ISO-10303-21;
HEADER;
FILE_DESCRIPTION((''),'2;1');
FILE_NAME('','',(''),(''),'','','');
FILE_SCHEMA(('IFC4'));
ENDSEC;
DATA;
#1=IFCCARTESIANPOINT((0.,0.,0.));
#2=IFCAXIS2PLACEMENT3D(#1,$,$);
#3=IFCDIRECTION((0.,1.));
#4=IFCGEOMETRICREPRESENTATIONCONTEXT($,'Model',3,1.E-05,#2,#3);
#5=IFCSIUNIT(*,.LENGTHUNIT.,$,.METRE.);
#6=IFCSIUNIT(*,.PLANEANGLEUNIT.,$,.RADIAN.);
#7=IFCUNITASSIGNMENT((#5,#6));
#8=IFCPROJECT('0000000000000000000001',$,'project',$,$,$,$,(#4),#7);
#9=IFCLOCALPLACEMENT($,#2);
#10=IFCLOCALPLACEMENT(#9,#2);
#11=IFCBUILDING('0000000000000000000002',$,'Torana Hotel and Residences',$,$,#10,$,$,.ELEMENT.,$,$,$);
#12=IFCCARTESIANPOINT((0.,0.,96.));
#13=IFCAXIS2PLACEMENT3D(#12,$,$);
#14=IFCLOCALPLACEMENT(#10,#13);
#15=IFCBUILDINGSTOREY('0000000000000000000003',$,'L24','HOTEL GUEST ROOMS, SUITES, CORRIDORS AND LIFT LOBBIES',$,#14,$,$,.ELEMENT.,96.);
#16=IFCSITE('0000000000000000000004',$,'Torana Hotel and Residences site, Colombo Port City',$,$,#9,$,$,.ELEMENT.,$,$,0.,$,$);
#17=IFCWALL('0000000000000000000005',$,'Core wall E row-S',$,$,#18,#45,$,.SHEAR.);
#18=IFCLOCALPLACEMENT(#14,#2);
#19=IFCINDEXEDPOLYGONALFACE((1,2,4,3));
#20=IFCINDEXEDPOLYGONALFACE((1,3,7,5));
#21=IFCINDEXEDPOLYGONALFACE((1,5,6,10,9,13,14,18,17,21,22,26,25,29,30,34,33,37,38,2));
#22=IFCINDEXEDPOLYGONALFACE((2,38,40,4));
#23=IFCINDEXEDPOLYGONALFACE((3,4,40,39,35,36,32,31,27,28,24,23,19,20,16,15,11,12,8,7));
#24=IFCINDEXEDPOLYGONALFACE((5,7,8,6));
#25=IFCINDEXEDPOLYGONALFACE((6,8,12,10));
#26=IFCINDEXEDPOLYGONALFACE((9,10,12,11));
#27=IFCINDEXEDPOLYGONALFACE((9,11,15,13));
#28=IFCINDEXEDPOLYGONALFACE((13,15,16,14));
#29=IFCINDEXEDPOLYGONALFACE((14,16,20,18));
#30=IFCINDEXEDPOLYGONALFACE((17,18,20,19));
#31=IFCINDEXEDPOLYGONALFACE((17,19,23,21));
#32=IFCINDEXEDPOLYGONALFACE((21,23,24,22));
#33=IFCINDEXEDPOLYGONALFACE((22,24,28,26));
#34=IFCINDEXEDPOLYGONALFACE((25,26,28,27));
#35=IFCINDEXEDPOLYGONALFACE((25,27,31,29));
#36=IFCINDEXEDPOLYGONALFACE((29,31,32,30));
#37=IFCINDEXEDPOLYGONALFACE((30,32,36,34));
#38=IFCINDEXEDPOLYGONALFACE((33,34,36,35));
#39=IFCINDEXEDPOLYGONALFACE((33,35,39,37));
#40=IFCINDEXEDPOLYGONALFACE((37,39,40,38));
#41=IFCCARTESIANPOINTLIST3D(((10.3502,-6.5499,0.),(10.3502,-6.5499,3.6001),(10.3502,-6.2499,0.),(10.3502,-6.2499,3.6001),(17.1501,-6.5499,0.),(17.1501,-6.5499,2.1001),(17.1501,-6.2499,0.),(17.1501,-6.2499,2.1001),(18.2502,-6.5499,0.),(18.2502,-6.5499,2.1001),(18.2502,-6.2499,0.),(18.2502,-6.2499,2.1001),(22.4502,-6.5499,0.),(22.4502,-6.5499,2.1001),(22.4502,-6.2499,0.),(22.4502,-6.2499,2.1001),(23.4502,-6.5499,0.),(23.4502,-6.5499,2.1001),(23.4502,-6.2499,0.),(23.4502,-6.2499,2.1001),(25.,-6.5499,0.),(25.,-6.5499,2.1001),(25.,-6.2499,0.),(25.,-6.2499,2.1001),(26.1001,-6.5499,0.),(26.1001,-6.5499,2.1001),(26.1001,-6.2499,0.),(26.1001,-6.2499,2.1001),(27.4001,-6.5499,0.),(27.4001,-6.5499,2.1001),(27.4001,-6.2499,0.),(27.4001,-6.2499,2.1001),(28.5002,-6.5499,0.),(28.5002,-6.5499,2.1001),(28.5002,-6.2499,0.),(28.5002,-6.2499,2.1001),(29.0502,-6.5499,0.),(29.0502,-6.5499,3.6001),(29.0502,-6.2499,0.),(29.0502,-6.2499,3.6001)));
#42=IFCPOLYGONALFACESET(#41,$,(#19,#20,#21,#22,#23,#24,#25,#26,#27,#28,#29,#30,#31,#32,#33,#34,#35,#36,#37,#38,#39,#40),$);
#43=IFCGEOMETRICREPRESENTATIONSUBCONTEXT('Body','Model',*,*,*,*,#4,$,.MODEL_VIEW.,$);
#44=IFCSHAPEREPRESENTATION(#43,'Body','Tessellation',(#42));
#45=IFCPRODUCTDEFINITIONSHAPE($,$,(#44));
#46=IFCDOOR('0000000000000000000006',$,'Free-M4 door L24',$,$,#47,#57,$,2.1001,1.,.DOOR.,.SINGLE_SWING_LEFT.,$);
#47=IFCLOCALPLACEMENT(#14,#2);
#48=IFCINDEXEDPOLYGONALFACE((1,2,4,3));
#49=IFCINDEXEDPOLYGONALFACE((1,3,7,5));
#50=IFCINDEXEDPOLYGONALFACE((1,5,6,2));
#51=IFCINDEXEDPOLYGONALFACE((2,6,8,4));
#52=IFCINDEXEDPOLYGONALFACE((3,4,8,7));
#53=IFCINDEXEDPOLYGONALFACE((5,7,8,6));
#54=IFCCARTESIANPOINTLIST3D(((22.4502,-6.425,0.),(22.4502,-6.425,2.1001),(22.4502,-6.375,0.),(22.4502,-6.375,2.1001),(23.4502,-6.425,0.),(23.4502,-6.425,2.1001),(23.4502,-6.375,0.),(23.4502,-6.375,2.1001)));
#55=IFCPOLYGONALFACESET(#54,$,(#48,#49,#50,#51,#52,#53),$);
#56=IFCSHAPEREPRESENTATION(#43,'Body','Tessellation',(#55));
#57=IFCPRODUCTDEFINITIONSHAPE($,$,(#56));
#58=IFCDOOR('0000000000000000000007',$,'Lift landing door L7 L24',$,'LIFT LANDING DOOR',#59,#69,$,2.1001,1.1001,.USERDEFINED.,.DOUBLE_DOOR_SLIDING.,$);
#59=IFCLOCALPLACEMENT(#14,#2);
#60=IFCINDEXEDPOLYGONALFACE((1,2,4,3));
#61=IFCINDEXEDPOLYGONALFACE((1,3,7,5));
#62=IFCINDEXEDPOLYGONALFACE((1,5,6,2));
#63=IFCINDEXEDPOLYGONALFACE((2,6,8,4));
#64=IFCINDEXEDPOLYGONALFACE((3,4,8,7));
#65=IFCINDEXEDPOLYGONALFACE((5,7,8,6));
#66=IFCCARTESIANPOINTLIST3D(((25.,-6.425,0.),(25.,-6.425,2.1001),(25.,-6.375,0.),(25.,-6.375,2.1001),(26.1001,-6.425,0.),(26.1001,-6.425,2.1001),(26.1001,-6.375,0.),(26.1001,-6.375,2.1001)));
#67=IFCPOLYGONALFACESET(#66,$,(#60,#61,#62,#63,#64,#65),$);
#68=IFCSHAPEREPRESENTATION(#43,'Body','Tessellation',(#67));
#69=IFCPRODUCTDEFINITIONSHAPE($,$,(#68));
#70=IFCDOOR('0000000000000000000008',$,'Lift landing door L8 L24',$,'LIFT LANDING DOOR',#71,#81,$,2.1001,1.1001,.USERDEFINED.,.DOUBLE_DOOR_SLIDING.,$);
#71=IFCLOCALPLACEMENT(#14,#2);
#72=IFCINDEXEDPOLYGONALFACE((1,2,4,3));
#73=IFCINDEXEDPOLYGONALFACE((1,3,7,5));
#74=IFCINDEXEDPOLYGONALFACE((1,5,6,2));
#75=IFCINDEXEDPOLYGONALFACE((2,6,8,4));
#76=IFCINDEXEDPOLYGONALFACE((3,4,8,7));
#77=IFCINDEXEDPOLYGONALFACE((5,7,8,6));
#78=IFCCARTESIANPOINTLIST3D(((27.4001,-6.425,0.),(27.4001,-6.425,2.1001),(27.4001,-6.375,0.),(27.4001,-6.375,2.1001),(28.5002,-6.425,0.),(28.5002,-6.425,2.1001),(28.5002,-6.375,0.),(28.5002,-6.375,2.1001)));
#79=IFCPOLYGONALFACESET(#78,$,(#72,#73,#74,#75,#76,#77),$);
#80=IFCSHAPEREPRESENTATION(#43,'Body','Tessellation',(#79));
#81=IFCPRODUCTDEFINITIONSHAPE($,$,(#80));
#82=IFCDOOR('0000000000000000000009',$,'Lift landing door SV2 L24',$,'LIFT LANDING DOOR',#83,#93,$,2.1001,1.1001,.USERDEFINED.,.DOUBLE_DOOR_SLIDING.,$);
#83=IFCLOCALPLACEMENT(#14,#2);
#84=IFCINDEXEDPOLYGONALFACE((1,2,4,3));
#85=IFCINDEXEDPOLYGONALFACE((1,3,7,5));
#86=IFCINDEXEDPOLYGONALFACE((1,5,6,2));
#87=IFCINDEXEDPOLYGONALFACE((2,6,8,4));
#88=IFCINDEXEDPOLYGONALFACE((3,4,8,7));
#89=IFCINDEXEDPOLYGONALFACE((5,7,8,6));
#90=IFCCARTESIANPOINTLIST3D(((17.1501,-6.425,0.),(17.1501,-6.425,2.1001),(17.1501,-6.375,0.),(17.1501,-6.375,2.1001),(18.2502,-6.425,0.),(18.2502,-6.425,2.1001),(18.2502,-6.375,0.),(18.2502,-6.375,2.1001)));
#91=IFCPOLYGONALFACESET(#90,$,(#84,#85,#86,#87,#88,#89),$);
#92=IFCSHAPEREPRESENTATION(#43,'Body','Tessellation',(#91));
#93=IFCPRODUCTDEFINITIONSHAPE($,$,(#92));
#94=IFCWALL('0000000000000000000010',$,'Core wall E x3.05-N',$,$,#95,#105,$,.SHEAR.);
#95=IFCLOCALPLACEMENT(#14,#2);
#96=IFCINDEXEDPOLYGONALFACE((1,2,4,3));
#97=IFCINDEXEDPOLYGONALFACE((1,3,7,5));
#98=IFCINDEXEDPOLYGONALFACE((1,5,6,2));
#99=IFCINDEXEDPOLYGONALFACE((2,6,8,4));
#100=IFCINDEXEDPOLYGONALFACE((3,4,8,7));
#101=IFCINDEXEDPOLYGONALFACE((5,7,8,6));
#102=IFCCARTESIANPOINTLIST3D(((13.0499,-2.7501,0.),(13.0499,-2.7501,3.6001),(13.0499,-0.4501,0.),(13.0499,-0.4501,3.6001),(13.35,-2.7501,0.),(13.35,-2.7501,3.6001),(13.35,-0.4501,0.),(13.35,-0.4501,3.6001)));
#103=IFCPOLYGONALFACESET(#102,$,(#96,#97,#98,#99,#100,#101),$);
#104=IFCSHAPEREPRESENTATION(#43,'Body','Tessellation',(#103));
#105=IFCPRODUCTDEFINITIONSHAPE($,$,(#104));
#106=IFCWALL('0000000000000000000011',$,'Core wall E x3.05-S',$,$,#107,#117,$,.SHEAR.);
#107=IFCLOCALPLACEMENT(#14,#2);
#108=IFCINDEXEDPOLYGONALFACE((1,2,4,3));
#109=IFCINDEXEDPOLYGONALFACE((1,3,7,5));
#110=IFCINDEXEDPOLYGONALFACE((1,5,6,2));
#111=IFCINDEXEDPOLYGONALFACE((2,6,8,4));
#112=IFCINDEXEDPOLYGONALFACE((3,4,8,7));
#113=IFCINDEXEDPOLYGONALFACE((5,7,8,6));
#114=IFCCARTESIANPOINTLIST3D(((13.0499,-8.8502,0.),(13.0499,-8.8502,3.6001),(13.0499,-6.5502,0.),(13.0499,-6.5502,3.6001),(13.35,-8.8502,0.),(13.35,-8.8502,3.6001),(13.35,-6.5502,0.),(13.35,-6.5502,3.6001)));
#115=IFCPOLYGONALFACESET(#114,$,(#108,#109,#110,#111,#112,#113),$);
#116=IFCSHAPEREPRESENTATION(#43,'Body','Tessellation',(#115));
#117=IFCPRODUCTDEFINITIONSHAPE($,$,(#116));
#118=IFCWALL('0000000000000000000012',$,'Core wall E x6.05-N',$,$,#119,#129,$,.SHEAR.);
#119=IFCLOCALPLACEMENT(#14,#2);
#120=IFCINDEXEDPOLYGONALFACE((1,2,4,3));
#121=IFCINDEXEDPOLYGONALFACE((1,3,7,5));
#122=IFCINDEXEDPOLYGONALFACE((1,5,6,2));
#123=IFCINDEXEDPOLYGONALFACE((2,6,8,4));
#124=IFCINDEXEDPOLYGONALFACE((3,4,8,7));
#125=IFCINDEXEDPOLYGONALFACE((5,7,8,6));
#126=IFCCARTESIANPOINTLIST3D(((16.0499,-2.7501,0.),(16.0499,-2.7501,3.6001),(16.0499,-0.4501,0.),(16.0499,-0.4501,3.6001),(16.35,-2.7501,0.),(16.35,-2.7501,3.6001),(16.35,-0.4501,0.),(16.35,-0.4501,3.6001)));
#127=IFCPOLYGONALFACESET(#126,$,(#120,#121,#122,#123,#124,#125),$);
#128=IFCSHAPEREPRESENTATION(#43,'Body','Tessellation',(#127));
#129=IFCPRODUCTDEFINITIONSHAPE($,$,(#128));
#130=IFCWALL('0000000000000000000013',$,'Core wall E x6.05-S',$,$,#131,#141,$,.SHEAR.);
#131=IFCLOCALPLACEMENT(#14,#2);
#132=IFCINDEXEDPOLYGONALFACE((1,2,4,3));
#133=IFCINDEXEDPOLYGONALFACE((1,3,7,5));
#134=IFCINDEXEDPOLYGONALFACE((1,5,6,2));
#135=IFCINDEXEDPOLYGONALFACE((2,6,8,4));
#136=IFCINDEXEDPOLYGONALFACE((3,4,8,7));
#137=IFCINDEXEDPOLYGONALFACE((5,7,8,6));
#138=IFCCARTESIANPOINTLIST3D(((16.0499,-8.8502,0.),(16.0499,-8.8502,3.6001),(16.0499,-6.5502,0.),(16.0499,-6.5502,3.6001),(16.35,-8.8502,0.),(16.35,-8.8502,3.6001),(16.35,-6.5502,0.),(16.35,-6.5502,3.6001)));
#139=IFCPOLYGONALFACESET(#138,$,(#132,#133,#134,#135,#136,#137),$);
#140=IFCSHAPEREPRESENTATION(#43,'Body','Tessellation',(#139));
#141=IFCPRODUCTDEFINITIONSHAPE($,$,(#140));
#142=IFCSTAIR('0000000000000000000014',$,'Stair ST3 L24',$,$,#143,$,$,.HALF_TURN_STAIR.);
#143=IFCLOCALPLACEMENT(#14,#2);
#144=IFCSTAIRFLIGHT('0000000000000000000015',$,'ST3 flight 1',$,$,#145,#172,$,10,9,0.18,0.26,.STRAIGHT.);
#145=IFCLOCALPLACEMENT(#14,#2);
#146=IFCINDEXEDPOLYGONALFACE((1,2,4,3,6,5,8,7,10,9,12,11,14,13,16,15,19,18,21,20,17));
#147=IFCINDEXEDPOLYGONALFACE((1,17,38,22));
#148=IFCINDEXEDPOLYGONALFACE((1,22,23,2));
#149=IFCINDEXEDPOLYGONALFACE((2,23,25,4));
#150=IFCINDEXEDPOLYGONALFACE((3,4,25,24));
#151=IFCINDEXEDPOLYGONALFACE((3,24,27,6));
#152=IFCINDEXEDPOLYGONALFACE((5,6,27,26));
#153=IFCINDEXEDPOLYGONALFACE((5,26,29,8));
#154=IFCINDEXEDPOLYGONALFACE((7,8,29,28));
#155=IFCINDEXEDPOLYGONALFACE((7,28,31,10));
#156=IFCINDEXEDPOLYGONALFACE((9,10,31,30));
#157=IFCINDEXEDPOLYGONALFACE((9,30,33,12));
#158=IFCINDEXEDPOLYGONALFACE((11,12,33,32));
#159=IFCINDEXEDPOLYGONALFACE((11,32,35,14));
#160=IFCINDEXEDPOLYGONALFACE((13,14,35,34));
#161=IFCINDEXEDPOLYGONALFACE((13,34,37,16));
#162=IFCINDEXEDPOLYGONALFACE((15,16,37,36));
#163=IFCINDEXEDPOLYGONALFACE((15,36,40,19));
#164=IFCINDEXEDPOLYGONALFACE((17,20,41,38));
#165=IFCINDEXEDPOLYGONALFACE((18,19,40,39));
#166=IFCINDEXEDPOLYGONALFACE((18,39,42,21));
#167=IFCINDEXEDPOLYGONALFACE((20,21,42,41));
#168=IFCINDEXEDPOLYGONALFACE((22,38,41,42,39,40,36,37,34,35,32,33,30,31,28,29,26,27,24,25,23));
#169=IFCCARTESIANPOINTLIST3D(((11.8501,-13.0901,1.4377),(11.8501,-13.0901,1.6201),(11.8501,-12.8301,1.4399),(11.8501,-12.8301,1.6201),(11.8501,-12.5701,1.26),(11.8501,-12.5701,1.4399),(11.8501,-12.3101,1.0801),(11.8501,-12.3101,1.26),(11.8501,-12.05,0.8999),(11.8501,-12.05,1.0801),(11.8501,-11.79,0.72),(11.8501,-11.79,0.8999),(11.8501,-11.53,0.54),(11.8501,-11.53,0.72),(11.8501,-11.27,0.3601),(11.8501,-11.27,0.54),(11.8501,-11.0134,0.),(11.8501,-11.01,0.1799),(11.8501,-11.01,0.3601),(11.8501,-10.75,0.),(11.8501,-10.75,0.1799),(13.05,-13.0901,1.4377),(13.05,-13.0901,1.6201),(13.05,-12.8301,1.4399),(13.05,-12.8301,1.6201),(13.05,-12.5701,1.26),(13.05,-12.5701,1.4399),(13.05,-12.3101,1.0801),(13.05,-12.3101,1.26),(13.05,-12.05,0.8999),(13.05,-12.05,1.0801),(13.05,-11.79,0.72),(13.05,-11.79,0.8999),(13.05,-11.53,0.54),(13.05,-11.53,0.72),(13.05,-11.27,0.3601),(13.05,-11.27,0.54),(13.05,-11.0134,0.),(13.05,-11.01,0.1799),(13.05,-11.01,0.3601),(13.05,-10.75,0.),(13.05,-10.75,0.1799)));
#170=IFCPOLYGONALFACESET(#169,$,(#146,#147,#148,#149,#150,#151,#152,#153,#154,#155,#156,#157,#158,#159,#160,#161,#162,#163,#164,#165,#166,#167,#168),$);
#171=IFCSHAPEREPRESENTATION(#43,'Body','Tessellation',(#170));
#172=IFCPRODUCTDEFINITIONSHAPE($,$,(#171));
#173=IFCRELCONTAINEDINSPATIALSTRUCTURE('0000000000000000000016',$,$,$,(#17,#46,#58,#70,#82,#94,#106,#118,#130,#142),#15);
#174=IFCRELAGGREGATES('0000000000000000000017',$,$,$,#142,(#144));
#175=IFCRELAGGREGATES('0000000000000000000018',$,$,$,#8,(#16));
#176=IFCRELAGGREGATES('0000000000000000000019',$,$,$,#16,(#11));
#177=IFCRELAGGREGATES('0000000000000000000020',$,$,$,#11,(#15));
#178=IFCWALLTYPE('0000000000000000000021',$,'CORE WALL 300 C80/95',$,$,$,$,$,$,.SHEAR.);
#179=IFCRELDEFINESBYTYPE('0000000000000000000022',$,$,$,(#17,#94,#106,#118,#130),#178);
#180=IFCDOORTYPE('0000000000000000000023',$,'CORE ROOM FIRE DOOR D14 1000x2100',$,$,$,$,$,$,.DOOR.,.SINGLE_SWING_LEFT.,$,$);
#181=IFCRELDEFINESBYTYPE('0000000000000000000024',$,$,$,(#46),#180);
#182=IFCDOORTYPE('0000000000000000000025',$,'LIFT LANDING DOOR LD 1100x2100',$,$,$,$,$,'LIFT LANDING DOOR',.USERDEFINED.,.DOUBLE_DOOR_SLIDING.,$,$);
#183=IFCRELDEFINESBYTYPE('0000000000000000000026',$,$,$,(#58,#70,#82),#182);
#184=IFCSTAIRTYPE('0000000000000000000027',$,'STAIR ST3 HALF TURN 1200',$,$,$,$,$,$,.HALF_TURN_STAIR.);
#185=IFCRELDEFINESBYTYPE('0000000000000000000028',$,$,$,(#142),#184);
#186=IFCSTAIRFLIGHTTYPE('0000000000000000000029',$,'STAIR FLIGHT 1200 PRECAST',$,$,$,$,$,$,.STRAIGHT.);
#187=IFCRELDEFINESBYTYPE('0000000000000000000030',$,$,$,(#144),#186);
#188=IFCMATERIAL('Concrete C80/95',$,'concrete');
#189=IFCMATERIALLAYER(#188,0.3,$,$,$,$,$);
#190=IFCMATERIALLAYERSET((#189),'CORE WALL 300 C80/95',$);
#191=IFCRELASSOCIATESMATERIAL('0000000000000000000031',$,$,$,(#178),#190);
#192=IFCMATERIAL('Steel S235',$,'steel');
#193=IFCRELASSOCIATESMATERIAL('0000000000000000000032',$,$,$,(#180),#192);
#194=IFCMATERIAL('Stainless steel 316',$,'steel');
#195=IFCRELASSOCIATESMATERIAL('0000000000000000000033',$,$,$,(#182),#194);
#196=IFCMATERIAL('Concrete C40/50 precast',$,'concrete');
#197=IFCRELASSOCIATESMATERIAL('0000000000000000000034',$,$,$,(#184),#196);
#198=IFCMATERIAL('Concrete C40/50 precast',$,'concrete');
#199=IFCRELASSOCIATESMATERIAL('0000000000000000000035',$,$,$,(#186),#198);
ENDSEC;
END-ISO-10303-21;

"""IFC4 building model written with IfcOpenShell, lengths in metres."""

from ifc_helpers import new_model, si_unit, direction, frame, frame_2d, origin, place, context, subcontext, project, spatial, polyline, rectangle, outline, extrude, material, layer, layer_set, type_object, element, fill, aggregate, save


model = new_model("IFC4")

# Units and contexts
model_context = context("Model", 3, precision=1e-05, world=origin(), true_north=direction((0.0, 1.0)))
body_context = subcontext(model_context, "Body", "Model", "MODEL_VIEW")
ifc_project = project(units=[si_unit("LENGTHUNIT", "METRE"), si_unit("PLANEANGLEUNIT", "RADIAN")], contexts=[model_context])

# Site, building, storey
site_placement = place(None, origin())
site = spatial("IfcSite", under=ifc_project, at=site_placement, Name="Torana Hotel and Residences site, Colombo Port City", CompositionType="ELEMENT", RefElevation=0.0)
building_placement = place(site_placement, origin())
building = spatial("IfcBuilding", under=site, at=building_placement, Name="Torana Hotel and Residences", CompositionType="ELEMENT")
storey_placement = place(building_placement, frame((0.0, 0.0, 96.0)))
storey = spatial("IfcBuildingStorey", under=building, at=storey_placement, Name="L24", Description="HOTEL GUEST ROOMS, SUITES, CORRIDORS AND LIFT LOBBIES", CompositionType="ELEMENT", Elevation=96.0)

# Wall, openings, doors
ifc_material_1 = material(Name="Concrete C80/95", Category="concrete")
ifc_layer = layer(ifc_material_1, 0.3)
ifc_layer_set = layer_set([ifc_layer], Name="CORE WALL 300 C80/95")
wall_type = type_object("IfcWallType", Name="CORE WALL 300 C80/95", PredefinedType="SHEAR", material=ifc_layer_set)
ifc_material_2 = material(Name="Steel S235", Category="steel")
door_type_1 = type_object("IfcDoorType", Name="CORE ROOM FIRE DOOR D14 1000x2100", OperationType="SINGLE_SWING_LEFT", PredefinedType="DOOR", material=ifc_material_2)
ifc_material_3 = material(Name="Stainless steel 316", Category="steel")
door_type_2 = type_object("IfcDoorType", Name="LIFT LANDING DOOR LD 1100x2100", ElementType="LIFT LANDING DOOR", OperationType="DOUBLE_DOOR_SLIDING", PredefinedType="USERDEFINED", material=ifc_material_3)
wall_1_placement = place(storey_placement, frame((10.3501, -6.3999, 0.0), z_axis=(0.0, 0.0, 1.0), x_axis=(1.0, 0.0, 0.0)))
wall_1 = element("IfcWall", 1, at=wall_1_placement, inside=storey, type_object=wall_type, Name="Core wall E row-S", PredefinedType="SHEAR", context=body_context, shape_type="SweptSolid", body=[
    extrude(rectangle(XDim=18.7, YDim=0.3, at=frame_2d((9.3501, 0.0))), origin(), (0.0, 0.0, 1.0), 3.6001),
])
opening_1_placement = place(wall_1_placement, frame((14.6499, 0.0, 0.0)))
opening_1 = element("IfcOpeningElement", 2, at=opening_1_placement, cuts=wall_1, PredefinedType="OPENING", context=body_context, shape_type="SweptSolid", body=[
    extrude(rectangle(XDim=1.1001, YDim=2.1001, at=frame_2d((0.55, 1.05))), frame((0.0, 0.1599, 0.0), z_axis=(0.0, -1.0, 0.0), x_axis=(1.0, 0.0, 0.0)), (0.0, 0.0, 1.0), 0.3201),
])
opening_2_placement = place(wall_1_placement, frame((17.05, 0.0, 0.0)))
opening_2 = element("IfcOpeningElement", 3, at=opening_2_placement, cuts=wall_1, PredefinedType="OPENING", context=body_context, shape_type="SweptSolid", body=[
    extrude(rectangle(XDim=1.1001, YDim=2.1001, at=frame_2d((0.55, 1.05))), frame((0.0, 0.1599, 0.0), z_axis=(0.0, -1.0, 0.0), x_axis=(1.0, 0.0, 0.0)), (0.0, 0.0, 1.0), 0.3201),
])
opening_3_placement = place(wall_1_placement, frame((6.8, 0.0, 0.0)))
opening_3 = element("IfcOpeningElement", 4, at=opening_3_placement, cuts=wall_1, PredefinedType="OPENING", context=body_context, shape_type="SweptSolid", body=[
    extrude(rectangle(XDim=1.1001, YDim=2.1001, at=frame_2d((0.55, 1.05))), frame((0.0, 0.1599, 0.0), z_axis=(0.0, -1.0, 0.0), x_axis=(1.0, 0.0, 0.0)), (0.0, 0.0, 1.0), 0.3201),
])
opening_4_placement = place(wall_1_placement, frame((12.1001, 0.0, 0.0)))
opening_4 = element("IfcOpeningElement", 5, at=opening_4_placement, cuts=wall_1, PredefinedType="OPENING", context=body_context, shape_type="SweptSolid", body=[
    extrude(rectangle(XDim=1.0, YDim=2.1001, at=frame_2d((0.5, 1.05))), frame((0.0, 0.1599, 0.0), z_axis=(0.0, -1.0, 0.0), x_axis=(1.0, 0.0, 0.0)), (0.0, 0.0, 1.0), 0.3201),
])
door_1_placement = place(opening_4_placement, frame((0.5, 0.0, 0.0), z_axis=(0.0, 0.0, 1.0), x_axis=(-1.0, 0.0, 0.0)))
door_1 = element("IfcDoor", 6, at=door_1_placement, inside=storey, type_object=door_type_1, Name="Free-M4 door L24", OperationType="SINGLE_SWING_LEFT", OverallHeight=2.1001, OverallWidth=1.0, PredefinedType="DOOR", context=body_context, shape_type="SweptSolid", body=[
    extrude(rectangle(XDim=1.0, YDim=2.1001, at=frame_2d((0.0, 1.05))), frame((0.0, -0.0249, 0.0), z_axis=(0.0, 1.0, 0.0), x_axis=(-1.0, 0.0, 0.0)), (0.0, 0.0, 1.0), 0.05),
])
fill(opening_4, door_1)
door_2_placement = place(opening_1_placement, origin())
door_2 = element("IfcDoor", 7, at=door_2_placement, inside=storey, type_object=door_type_2, Name="Lift landing door L7 L24", ObjectType="LIFT LANDING DOOR", OperationType="DOUBLE_DOOR_SLIDING", OverallHeight=2.1001, OverallWidth=1.1001, PredefinedType="USERDEFINED", context=body_context, shape_type="SweptSolid", body=[
    extrude(rectangle(XDim=1.1001, YDim=2.1001, at=frame_2d((0.55, 1.05))), frame((0.0, 0.0249, 0.0), z_axis=(0.0, -1.0, 0.0), x_axis=(1.0, 0.0, 0.0)), (0.0, 0.0, 1.0), 0.05),
])
fill(opening_1, door_2)
door_3_placement = place(opening_2_placement, origin())
door_3 = element("IfcDoor", 8, at=door_3_placement, inside=storey, type_object=door_type_2, Name="Lift landing door L8 L24", ObjectType="LIFT LANDING DOOR", OperationType="DOUBLE_DOOR_SLIDING", OverallHeight=2.1001, OverallWidth=1.1001, PredefinedType="USERDEFINED", context=body_context, shape_type="SweptSolid", body=[
    extrude(rectangle(XDim=1.1001, YDim=2.1001, at=frame_2d((0.55, 1.05))), frame((0.0, 0.0249, 0.0), z_axis=(0.0, -1.0, 0.0), x_axis=(1.0, 0.0, 0.0)), (0.0, 0.0, 1.0), 0.05),
])
fill(opening_2, door_3)
door_4_placement = place(opening_3_placement, origin())
door_4 = element("IfcDoor", 9, at=door_4_placement, inside=storey, type_object=door_type_2, Name="Lift landing door SV2 L24", ObjectType="LIFT LANDING DOOR", OperationType="DOUBLE_DOOR_SLIDING", OverallHeight=2.1001, OverallWidth=1.1001, PredefinedType="USERDEFINED", context=body_context, shape_type="SweptSolid", body=[
    extrude(rectangle(XDim=1.1001, YDim=2.1001, at=frame_2d((0.55, 1.05))), frame((0.0, 0.0249, 0.0), z_axis=(0.0, -1.0, 0.0), x_axis=(1.0, 0.0, 0.0)), (0.0, 0.0, 1.0), 0.05),
])
fill(opening_3, door_4)

# Walls
for number, where, z_axis, x_axis, name in (
    (10, (13.2, -2.75, 0.0), (0.0, 0.0, 1.0), (0.0, 1.0, 0.0), "Core wall E x3.05-N"),
    (11, (13.2, -8.8501, 0.0), (0.0, 0.0, 1.0), (0.0, 1.0, 0.0), "Core wall E x3.05-S"),
    (12, (16.2, -2.75, 0.0), (0.0, 0.0, 1.0), (0.0, 1.0, 0.0), "Core wall E x6.05-N"),
    (13, (16.2, -8.8501, 0.0), (0.0, 0.0, 1.0), (0.0, 1.0, 0.0), "Core wall E x6.05-S"),
):
    element("IfcWall", number, at=place(storey_placement, frame(where, z_axis=z_axis, x_axis=x_axis)), inside=storey, type_object=wall_type, Name=name, PredefinedType="SHEAR", context=body_context, shape_type="SweptSolid", body=[
        extrude(rectangle(XDim=2.3, YDim=0.3, at=frame_2d((1.1499, 0.0))), origin(), (0.0, 0.0, 1.0), 3.6001),
    ])

# Stair, stair flight
ifc_material_4 = material(Name="Concrete C40/50 precast", Category="concrete")
stair_type = type_object("IfcStairType", Name="STAIR ST3 HALF TURN 1200", PredefinedType="HALF_TURN_STAIR", material=ifc_material_4)
stair_placement = place(storey_placement, origin())
stair = element("IfcStair", 14, at=stair_placement, inside=storey, type_object=stair_type, Name="Stair ST3 L24", PredefinedType="HALF_TURN_STAIR")
ifc_material_5 = material(Name="Concrete C40/50 precast", Category="concrete")
stair_flight_type = type_object("IfcStairFlightType", Name="STAIR FLIGHT 1200 PRECAST", PredefinedType="STRAIGHT", material=ifc_material_5)
stair_flight_placement = place(storey_placement, frame((12.45, -10.75, 0.0), z_axis=(0.0, 0.0, 1.0), x_axis=(0.0, -1.0, 0.0)))
stair_flight = element("IfcStairFlight", 15, at=stair_flight_placement, type_object=stair_flight_type, Name="ST3 flight 1", NumberOfRisers=10, NumberOfTreads=9, PredefinedType="STRAIGHT", RiserHeight=0.18, TreadLength=0.26, context=body_context, shape_type="SweptSolid", body=[
    extrude(outline(polyline([(0.0, 0.0), (0.0, 0.1799), (0.26, 0.1799), (0.26, 0.3601), (0.52, 0.3601), (0.52, 0.54), (0.78, 0.54), (0.78, 0.72), (1.04, 0.72), (1.04, 0.8999), (1.3, 0.8999), (1.3, 1.0801), (1.5601, 1.0801), (1.5601, 1.26), (1.8201, 1.26), (1.8201, 1.4399), (2.0801, 1.4399), (2.0801, 1.6201), (2.3401, 1.6201), (2.3401, 1.8), (2.3401, 1.4377), (0.2634, 0.0), (0.0, 0.0)])), frame((0.0, 0.6001, 0.0), z_axis=(0.0, -1.0, 0.0), x_axis=(1.0, 0.0, 0.0)), (0.0, 0.0, 1.0), 1.2),
])
aggregate(stair, [stair_flight])

save(model, "model.ifc")
